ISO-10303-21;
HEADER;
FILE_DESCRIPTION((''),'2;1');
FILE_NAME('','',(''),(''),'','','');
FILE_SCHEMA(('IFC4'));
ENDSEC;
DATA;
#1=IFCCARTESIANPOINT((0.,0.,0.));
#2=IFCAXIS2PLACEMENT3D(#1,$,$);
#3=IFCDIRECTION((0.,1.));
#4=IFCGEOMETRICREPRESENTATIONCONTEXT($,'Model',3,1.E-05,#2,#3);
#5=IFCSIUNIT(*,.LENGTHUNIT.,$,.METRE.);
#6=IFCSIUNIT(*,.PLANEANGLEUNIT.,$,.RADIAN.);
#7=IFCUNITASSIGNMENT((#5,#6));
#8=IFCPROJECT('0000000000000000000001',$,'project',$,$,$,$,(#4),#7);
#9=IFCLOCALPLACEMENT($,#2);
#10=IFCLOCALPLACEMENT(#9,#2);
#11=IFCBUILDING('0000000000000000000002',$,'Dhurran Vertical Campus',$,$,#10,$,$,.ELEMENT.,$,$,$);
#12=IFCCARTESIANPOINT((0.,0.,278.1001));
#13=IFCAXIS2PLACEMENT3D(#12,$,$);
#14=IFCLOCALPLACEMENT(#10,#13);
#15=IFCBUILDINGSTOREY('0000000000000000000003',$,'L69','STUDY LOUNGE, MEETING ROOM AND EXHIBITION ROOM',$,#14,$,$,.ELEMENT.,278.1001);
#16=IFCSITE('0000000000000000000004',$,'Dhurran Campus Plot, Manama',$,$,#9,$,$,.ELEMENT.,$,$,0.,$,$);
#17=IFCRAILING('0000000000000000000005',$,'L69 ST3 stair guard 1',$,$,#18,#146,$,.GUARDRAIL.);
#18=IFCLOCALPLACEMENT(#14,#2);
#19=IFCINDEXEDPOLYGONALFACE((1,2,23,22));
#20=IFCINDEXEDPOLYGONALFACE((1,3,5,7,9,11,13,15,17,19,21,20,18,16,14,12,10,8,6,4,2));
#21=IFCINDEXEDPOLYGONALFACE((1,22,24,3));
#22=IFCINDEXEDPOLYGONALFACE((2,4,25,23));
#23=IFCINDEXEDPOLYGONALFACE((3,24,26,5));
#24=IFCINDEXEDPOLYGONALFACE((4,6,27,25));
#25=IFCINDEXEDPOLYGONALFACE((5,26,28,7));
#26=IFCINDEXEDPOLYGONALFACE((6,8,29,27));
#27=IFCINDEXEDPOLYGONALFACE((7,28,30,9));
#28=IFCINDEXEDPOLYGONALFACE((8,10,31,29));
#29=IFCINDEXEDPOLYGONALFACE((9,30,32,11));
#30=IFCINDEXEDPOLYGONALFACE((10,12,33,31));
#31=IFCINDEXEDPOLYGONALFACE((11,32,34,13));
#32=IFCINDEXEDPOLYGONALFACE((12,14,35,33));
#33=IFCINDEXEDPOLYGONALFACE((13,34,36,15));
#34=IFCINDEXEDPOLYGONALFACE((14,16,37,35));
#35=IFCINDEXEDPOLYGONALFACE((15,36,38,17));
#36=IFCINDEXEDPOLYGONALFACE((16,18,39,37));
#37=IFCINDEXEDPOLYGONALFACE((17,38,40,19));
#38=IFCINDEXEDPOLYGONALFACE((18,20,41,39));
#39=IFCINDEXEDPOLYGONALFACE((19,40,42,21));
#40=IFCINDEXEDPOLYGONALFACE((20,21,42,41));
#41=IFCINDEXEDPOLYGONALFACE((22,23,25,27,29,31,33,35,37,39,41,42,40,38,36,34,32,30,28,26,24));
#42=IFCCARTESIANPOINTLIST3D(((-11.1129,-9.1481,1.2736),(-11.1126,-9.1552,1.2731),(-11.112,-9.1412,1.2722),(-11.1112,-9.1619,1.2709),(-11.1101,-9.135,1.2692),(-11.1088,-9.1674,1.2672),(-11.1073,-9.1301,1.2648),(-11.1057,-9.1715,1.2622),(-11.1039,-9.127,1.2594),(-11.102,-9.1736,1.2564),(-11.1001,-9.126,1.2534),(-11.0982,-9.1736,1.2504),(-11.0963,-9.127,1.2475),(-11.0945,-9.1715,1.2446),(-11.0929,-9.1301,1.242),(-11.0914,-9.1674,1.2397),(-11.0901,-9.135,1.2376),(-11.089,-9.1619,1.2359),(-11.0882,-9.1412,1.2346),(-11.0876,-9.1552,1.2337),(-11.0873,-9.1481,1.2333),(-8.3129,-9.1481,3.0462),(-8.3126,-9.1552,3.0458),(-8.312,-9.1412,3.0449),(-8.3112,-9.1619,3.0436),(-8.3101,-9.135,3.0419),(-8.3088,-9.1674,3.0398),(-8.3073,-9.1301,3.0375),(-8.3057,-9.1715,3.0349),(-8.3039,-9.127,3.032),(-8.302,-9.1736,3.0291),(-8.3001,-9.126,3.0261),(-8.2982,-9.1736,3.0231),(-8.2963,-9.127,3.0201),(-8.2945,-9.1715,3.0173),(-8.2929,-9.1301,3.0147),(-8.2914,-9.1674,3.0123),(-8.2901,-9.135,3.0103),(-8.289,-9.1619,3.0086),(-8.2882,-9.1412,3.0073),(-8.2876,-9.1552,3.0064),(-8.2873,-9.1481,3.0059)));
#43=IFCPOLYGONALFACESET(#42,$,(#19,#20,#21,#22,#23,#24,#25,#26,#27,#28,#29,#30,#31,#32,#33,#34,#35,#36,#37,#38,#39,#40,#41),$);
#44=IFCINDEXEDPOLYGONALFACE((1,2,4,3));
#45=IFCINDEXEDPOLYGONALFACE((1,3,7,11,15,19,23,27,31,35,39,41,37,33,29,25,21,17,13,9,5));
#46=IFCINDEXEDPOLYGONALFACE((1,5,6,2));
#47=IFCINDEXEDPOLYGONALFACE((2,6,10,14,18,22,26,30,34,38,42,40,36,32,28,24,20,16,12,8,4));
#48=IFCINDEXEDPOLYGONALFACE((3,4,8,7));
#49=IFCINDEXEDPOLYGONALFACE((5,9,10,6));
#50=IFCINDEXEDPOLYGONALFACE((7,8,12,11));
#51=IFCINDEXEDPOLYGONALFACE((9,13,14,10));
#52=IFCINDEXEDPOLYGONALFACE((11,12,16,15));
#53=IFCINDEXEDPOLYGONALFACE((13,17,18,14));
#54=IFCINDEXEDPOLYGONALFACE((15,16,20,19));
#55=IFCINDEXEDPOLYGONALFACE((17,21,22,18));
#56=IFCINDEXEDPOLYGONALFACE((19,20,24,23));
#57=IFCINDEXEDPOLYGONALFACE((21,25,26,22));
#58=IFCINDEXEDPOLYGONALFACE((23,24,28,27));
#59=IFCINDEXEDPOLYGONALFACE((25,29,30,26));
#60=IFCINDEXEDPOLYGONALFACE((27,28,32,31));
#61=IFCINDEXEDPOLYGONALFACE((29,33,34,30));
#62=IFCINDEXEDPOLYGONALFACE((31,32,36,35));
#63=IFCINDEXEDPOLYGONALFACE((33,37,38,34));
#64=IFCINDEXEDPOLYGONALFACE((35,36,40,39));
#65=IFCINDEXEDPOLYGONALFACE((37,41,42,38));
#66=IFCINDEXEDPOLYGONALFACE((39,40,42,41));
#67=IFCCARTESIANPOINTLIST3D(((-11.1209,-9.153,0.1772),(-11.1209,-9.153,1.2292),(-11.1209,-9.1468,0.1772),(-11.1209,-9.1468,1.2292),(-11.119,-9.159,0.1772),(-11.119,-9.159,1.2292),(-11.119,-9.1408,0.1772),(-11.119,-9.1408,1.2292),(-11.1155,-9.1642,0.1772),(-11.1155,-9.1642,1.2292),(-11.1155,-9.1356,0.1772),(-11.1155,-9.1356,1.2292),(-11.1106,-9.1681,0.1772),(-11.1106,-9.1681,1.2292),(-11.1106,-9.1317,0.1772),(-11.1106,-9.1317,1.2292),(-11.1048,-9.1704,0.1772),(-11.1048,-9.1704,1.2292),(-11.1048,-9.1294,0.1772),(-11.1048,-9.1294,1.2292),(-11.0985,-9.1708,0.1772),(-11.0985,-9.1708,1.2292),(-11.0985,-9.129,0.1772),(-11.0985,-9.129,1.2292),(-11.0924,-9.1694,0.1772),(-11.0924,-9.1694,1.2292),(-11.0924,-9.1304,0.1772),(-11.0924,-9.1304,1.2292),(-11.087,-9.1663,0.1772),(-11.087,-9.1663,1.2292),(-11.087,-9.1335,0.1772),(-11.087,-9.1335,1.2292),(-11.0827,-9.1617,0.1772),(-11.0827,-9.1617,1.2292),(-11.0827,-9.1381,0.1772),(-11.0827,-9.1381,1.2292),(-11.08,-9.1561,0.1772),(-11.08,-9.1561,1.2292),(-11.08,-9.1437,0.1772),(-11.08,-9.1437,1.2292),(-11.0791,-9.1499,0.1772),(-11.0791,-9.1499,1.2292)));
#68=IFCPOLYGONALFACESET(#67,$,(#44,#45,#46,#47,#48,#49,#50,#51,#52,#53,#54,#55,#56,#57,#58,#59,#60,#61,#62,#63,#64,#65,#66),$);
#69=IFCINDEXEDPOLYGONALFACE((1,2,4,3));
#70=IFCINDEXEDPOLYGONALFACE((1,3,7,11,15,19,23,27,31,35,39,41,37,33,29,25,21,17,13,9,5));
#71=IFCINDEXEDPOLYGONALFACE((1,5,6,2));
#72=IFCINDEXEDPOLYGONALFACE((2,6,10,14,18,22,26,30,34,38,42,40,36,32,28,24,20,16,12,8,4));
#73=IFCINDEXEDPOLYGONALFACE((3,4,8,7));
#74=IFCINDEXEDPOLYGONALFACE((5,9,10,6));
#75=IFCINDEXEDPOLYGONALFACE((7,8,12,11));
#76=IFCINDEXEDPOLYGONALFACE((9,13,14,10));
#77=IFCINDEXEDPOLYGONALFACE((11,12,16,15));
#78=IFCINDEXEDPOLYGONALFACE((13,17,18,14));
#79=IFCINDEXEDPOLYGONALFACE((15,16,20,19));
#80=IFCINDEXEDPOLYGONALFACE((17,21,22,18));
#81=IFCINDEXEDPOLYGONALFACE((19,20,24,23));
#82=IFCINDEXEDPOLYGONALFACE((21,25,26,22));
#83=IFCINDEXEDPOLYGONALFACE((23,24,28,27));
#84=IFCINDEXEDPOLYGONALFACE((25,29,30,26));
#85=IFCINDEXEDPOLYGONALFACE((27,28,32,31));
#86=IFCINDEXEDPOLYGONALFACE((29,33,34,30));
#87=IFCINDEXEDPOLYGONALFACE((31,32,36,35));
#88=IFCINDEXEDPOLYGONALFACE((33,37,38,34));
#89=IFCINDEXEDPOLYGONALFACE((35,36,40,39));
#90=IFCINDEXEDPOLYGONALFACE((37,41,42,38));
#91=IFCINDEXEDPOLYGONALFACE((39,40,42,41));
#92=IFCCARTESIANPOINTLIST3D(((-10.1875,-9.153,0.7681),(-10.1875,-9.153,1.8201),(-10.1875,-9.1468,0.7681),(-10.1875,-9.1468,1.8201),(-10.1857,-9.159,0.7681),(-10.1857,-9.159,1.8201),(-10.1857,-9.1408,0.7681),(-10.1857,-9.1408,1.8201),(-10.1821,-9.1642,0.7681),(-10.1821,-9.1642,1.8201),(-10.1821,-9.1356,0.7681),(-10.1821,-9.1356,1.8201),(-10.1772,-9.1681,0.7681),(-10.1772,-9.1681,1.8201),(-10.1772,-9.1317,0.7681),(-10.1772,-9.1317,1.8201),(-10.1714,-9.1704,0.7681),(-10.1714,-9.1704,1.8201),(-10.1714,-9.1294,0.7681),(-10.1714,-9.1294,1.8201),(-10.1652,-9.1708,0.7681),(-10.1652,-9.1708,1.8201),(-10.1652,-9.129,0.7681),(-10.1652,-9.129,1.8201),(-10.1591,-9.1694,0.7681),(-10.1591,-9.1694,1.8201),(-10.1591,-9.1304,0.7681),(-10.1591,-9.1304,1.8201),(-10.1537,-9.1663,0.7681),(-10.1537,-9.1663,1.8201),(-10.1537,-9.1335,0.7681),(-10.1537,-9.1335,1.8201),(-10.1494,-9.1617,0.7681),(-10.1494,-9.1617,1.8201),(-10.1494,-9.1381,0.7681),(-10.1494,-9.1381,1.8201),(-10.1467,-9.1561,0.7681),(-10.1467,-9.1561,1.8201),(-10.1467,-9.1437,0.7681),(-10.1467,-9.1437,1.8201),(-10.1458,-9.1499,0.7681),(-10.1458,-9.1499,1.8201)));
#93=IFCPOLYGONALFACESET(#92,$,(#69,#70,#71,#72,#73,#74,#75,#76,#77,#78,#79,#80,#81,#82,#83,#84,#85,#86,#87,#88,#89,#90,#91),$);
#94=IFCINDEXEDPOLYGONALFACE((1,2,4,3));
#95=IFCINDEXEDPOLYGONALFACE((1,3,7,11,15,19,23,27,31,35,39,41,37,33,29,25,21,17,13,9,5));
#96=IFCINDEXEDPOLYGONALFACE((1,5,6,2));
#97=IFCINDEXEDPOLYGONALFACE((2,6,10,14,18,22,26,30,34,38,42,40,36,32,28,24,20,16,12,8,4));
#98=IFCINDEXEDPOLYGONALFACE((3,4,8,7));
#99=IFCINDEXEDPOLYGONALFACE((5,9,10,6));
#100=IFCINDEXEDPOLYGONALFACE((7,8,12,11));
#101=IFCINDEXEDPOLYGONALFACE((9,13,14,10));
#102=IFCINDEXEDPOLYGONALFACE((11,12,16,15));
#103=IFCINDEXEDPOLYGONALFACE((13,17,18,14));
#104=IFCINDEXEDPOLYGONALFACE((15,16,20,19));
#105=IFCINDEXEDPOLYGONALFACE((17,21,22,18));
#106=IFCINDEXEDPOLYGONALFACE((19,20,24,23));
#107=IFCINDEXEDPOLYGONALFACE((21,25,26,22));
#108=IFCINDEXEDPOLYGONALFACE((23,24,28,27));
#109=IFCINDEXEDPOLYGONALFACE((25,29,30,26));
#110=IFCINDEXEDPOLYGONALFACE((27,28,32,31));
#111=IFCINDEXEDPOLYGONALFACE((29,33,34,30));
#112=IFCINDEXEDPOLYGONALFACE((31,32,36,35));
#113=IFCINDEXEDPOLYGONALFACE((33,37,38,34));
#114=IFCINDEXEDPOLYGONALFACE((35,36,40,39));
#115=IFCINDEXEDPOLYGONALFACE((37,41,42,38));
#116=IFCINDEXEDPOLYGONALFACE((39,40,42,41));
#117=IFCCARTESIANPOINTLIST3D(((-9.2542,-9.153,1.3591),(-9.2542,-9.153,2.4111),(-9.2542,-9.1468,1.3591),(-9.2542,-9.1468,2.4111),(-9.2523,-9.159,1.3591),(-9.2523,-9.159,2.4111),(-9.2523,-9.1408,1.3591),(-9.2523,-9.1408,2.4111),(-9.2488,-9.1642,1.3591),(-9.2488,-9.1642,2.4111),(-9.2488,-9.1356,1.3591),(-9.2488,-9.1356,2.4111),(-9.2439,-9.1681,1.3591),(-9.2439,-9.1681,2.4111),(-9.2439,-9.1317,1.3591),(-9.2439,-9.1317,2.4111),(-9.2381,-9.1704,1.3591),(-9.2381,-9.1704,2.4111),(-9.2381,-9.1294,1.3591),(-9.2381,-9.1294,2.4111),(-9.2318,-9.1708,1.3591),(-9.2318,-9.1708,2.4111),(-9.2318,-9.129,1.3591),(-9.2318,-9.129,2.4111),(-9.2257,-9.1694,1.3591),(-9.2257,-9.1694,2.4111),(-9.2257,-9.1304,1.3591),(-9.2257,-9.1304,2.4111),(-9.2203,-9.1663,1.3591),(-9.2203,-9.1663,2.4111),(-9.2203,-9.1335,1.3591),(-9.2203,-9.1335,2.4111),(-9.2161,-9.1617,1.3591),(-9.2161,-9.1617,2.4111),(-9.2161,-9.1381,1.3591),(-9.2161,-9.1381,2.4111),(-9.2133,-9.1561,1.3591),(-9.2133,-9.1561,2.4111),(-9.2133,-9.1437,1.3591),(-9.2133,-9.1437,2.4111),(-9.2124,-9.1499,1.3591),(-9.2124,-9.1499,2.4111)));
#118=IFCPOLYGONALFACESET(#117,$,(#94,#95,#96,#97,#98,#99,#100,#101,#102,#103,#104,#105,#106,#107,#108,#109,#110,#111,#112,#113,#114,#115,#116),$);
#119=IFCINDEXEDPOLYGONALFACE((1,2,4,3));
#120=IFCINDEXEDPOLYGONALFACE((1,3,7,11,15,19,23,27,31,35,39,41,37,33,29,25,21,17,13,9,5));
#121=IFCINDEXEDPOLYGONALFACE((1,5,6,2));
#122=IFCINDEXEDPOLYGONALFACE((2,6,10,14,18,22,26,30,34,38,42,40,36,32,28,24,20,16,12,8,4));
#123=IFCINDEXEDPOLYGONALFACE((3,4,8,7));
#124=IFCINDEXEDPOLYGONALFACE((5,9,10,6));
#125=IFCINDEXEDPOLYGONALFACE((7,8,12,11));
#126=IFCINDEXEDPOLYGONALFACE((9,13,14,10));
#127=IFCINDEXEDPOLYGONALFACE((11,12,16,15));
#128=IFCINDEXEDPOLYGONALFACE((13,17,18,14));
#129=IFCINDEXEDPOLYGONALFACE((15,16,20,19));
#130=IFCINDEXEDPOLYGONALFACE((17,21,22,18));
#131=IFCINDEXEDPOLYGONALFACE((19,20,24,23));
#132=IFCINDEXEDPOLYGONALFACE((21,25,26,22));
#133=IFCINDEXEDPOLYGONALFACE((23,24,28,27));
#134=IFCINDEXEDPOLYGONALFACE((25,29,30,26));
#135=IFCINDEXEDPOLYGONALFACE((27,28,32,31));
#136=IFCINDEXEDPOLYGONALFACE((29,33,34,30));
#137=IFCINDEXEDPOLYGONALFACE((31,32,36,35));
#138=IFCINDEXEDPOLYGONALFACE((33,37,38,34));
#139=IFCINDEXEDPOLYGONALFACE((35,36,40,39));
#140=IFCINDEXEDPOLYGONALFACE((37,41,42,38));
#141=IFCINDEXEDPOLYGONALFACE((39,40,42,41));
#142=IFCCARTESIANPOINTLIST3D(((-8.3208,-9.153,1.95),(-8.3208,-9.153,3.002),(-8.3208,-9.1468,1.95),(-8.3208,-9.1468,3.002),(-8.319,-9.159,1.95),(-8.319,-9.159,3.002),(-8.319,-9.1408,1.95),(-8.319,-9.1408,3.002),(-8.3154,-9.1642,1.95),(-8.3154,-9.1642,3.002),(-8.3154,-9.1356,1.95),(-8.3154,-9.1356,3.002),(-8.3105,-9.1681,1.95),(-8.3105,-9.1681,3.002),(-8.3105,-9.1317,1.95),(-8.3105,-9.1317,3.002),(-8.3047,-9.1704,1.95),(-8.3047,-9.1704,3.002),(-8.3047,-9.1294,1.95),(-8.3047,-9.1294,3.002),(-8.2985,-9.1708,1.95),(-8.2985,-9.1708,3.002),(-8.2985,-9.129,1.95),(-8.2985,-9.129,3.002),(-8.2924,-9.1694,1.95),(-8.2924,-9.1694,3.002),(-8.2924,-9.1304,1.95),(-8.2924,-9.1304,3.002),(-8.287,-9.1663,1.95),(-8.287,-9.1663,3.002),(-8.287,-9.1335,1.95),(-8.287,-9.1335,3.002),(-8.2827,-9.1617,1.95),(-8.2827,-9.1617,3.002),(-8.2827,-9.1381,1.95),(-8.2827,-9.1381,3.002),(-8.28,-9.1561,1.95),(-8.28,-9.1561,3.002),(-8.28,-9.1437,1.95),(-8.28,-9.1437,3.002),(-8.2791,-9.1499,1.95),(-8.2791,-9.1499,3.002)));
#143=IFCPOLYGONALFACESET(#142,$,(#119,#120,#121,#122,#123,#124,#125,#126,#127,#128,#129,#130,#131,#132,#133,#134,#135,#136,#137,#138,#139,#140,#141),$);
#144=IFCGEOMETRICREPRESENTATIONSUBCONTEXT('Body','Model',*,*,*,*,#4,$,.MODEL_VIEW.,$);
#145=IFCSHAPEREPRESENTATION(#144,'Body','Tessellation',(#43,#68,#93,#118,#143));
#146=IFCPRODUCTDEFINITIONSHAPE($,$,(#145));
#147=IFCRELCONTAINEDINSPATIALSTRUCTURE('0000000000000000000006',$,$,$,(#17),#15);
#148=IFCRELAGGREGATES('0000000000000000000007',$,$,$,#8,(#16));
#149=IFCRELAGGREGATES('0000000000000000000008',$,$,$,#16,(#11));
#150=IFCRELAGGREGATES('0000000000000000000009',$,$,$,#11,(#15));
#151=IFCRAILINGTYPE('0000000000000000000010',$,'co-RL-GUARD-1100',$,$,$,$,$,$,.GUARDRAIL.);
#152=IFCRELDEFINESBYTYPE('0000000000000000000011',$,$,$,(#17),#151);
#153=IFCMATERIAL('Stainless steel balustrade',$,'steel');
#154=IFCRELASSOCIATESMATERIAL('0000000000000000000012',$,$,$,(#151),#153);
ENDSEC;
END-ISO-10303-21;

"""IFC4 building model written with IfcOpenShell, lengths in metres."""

from ifc_helpers import new_model, si_unit, direction, frame, origin, origin_2d, place, context, subcontext, project, spatial, circle, extrude, material, type_object, element, save


model = new_model("IFC4")

# Units and contexts
model_context = context("Model", 3, precision=1e-05, world=origin(), true_north=direction((0.0, 1.0)))
body_context = subcontext(model_context, "Body", "Model", "MODEL_VIEW")
ifc_project = project(units=[si_unit("LENGTHUNIT", "METRE"), si_unit("PLANEANGLEUNIT", "RADIAN")], contexts=[model_context])

# Site, building, storey
site_placement = place(None, origin())
site = spatial("IfcSite", under=ifc_project, at=site_placement, Name="Dhurran Campus Plot, Manama", CompositionType="ELEMENT", RefElevation=0.0)
building_placement = place(site_placement, origin())
building = spatial("IfcBuilding", under=site, at=building_placement, Name="Dhurran Vertical Campus", CompositionType="ELEMENT")
storey_placement = place(building_placement, frame((0.0, 0.0, 278.1001)))
storey = spatial("IfcBuildingStorey", under=building, at=storey_placement, Name="L69", Description="STUDY LOUNGE, MEETING ROOM AND EXHIBITION ROOM", CompositionType="ELEMENT", Elevation=278.1001)

# Railing
ifc_material_1 = material(Name="Stainless steel balustrade", Category="steel")
railing_type_1 = type_object("IfcRailingType", Name="co-RL-GUARD-1100", PredefinedType="GUARDRAIL", material=ifc_material_1)
railing_1_placement = place(storey_placement, frame((-11.1001, -9.1499, 0.1772)))
element("IfcRailing", 1, at=railing_1_placement, inside=storey, type_object=railing_type_1, Name="L69 ST3 stair guard 1", PredefinedType="GUARDRAIL", context=body_context, shape_type="SweptSolid", body=[
    extrude(circle(Radius=0.0239, at=origin_2d()), frame((0.0, 0.0, 1.0762), z_axis=(0.844909, 0.0, 0.53491), x_axis=(0.0, 1.0, 0.0)), (0.0, 0.0, 1.0), 3.314),
    extrude(circle(Radius=0.021, at=origin_2d()), origin(), (0.0, 0.0, 1.0), 1.052),
    extrude(circle(Radius=0.021, at=origin_2d()), frame((0.9333, 0.0, 0.5908)), (0.0, 0.0, 1.0), 1.052),
    extrude(circle(Radius=0.021, at=origin_2d()), frame((1.8667, 0.0, 1.1819)), (0.0, 0.0, 1.0), 1.052),
    extrude(circle(Radius=0.021, at=origin_2d()), frame((2.8, 0.0, 1.7727)), (0.0, 0.0, 1.0), 1.052),
])

save(model, "model.ifc")
